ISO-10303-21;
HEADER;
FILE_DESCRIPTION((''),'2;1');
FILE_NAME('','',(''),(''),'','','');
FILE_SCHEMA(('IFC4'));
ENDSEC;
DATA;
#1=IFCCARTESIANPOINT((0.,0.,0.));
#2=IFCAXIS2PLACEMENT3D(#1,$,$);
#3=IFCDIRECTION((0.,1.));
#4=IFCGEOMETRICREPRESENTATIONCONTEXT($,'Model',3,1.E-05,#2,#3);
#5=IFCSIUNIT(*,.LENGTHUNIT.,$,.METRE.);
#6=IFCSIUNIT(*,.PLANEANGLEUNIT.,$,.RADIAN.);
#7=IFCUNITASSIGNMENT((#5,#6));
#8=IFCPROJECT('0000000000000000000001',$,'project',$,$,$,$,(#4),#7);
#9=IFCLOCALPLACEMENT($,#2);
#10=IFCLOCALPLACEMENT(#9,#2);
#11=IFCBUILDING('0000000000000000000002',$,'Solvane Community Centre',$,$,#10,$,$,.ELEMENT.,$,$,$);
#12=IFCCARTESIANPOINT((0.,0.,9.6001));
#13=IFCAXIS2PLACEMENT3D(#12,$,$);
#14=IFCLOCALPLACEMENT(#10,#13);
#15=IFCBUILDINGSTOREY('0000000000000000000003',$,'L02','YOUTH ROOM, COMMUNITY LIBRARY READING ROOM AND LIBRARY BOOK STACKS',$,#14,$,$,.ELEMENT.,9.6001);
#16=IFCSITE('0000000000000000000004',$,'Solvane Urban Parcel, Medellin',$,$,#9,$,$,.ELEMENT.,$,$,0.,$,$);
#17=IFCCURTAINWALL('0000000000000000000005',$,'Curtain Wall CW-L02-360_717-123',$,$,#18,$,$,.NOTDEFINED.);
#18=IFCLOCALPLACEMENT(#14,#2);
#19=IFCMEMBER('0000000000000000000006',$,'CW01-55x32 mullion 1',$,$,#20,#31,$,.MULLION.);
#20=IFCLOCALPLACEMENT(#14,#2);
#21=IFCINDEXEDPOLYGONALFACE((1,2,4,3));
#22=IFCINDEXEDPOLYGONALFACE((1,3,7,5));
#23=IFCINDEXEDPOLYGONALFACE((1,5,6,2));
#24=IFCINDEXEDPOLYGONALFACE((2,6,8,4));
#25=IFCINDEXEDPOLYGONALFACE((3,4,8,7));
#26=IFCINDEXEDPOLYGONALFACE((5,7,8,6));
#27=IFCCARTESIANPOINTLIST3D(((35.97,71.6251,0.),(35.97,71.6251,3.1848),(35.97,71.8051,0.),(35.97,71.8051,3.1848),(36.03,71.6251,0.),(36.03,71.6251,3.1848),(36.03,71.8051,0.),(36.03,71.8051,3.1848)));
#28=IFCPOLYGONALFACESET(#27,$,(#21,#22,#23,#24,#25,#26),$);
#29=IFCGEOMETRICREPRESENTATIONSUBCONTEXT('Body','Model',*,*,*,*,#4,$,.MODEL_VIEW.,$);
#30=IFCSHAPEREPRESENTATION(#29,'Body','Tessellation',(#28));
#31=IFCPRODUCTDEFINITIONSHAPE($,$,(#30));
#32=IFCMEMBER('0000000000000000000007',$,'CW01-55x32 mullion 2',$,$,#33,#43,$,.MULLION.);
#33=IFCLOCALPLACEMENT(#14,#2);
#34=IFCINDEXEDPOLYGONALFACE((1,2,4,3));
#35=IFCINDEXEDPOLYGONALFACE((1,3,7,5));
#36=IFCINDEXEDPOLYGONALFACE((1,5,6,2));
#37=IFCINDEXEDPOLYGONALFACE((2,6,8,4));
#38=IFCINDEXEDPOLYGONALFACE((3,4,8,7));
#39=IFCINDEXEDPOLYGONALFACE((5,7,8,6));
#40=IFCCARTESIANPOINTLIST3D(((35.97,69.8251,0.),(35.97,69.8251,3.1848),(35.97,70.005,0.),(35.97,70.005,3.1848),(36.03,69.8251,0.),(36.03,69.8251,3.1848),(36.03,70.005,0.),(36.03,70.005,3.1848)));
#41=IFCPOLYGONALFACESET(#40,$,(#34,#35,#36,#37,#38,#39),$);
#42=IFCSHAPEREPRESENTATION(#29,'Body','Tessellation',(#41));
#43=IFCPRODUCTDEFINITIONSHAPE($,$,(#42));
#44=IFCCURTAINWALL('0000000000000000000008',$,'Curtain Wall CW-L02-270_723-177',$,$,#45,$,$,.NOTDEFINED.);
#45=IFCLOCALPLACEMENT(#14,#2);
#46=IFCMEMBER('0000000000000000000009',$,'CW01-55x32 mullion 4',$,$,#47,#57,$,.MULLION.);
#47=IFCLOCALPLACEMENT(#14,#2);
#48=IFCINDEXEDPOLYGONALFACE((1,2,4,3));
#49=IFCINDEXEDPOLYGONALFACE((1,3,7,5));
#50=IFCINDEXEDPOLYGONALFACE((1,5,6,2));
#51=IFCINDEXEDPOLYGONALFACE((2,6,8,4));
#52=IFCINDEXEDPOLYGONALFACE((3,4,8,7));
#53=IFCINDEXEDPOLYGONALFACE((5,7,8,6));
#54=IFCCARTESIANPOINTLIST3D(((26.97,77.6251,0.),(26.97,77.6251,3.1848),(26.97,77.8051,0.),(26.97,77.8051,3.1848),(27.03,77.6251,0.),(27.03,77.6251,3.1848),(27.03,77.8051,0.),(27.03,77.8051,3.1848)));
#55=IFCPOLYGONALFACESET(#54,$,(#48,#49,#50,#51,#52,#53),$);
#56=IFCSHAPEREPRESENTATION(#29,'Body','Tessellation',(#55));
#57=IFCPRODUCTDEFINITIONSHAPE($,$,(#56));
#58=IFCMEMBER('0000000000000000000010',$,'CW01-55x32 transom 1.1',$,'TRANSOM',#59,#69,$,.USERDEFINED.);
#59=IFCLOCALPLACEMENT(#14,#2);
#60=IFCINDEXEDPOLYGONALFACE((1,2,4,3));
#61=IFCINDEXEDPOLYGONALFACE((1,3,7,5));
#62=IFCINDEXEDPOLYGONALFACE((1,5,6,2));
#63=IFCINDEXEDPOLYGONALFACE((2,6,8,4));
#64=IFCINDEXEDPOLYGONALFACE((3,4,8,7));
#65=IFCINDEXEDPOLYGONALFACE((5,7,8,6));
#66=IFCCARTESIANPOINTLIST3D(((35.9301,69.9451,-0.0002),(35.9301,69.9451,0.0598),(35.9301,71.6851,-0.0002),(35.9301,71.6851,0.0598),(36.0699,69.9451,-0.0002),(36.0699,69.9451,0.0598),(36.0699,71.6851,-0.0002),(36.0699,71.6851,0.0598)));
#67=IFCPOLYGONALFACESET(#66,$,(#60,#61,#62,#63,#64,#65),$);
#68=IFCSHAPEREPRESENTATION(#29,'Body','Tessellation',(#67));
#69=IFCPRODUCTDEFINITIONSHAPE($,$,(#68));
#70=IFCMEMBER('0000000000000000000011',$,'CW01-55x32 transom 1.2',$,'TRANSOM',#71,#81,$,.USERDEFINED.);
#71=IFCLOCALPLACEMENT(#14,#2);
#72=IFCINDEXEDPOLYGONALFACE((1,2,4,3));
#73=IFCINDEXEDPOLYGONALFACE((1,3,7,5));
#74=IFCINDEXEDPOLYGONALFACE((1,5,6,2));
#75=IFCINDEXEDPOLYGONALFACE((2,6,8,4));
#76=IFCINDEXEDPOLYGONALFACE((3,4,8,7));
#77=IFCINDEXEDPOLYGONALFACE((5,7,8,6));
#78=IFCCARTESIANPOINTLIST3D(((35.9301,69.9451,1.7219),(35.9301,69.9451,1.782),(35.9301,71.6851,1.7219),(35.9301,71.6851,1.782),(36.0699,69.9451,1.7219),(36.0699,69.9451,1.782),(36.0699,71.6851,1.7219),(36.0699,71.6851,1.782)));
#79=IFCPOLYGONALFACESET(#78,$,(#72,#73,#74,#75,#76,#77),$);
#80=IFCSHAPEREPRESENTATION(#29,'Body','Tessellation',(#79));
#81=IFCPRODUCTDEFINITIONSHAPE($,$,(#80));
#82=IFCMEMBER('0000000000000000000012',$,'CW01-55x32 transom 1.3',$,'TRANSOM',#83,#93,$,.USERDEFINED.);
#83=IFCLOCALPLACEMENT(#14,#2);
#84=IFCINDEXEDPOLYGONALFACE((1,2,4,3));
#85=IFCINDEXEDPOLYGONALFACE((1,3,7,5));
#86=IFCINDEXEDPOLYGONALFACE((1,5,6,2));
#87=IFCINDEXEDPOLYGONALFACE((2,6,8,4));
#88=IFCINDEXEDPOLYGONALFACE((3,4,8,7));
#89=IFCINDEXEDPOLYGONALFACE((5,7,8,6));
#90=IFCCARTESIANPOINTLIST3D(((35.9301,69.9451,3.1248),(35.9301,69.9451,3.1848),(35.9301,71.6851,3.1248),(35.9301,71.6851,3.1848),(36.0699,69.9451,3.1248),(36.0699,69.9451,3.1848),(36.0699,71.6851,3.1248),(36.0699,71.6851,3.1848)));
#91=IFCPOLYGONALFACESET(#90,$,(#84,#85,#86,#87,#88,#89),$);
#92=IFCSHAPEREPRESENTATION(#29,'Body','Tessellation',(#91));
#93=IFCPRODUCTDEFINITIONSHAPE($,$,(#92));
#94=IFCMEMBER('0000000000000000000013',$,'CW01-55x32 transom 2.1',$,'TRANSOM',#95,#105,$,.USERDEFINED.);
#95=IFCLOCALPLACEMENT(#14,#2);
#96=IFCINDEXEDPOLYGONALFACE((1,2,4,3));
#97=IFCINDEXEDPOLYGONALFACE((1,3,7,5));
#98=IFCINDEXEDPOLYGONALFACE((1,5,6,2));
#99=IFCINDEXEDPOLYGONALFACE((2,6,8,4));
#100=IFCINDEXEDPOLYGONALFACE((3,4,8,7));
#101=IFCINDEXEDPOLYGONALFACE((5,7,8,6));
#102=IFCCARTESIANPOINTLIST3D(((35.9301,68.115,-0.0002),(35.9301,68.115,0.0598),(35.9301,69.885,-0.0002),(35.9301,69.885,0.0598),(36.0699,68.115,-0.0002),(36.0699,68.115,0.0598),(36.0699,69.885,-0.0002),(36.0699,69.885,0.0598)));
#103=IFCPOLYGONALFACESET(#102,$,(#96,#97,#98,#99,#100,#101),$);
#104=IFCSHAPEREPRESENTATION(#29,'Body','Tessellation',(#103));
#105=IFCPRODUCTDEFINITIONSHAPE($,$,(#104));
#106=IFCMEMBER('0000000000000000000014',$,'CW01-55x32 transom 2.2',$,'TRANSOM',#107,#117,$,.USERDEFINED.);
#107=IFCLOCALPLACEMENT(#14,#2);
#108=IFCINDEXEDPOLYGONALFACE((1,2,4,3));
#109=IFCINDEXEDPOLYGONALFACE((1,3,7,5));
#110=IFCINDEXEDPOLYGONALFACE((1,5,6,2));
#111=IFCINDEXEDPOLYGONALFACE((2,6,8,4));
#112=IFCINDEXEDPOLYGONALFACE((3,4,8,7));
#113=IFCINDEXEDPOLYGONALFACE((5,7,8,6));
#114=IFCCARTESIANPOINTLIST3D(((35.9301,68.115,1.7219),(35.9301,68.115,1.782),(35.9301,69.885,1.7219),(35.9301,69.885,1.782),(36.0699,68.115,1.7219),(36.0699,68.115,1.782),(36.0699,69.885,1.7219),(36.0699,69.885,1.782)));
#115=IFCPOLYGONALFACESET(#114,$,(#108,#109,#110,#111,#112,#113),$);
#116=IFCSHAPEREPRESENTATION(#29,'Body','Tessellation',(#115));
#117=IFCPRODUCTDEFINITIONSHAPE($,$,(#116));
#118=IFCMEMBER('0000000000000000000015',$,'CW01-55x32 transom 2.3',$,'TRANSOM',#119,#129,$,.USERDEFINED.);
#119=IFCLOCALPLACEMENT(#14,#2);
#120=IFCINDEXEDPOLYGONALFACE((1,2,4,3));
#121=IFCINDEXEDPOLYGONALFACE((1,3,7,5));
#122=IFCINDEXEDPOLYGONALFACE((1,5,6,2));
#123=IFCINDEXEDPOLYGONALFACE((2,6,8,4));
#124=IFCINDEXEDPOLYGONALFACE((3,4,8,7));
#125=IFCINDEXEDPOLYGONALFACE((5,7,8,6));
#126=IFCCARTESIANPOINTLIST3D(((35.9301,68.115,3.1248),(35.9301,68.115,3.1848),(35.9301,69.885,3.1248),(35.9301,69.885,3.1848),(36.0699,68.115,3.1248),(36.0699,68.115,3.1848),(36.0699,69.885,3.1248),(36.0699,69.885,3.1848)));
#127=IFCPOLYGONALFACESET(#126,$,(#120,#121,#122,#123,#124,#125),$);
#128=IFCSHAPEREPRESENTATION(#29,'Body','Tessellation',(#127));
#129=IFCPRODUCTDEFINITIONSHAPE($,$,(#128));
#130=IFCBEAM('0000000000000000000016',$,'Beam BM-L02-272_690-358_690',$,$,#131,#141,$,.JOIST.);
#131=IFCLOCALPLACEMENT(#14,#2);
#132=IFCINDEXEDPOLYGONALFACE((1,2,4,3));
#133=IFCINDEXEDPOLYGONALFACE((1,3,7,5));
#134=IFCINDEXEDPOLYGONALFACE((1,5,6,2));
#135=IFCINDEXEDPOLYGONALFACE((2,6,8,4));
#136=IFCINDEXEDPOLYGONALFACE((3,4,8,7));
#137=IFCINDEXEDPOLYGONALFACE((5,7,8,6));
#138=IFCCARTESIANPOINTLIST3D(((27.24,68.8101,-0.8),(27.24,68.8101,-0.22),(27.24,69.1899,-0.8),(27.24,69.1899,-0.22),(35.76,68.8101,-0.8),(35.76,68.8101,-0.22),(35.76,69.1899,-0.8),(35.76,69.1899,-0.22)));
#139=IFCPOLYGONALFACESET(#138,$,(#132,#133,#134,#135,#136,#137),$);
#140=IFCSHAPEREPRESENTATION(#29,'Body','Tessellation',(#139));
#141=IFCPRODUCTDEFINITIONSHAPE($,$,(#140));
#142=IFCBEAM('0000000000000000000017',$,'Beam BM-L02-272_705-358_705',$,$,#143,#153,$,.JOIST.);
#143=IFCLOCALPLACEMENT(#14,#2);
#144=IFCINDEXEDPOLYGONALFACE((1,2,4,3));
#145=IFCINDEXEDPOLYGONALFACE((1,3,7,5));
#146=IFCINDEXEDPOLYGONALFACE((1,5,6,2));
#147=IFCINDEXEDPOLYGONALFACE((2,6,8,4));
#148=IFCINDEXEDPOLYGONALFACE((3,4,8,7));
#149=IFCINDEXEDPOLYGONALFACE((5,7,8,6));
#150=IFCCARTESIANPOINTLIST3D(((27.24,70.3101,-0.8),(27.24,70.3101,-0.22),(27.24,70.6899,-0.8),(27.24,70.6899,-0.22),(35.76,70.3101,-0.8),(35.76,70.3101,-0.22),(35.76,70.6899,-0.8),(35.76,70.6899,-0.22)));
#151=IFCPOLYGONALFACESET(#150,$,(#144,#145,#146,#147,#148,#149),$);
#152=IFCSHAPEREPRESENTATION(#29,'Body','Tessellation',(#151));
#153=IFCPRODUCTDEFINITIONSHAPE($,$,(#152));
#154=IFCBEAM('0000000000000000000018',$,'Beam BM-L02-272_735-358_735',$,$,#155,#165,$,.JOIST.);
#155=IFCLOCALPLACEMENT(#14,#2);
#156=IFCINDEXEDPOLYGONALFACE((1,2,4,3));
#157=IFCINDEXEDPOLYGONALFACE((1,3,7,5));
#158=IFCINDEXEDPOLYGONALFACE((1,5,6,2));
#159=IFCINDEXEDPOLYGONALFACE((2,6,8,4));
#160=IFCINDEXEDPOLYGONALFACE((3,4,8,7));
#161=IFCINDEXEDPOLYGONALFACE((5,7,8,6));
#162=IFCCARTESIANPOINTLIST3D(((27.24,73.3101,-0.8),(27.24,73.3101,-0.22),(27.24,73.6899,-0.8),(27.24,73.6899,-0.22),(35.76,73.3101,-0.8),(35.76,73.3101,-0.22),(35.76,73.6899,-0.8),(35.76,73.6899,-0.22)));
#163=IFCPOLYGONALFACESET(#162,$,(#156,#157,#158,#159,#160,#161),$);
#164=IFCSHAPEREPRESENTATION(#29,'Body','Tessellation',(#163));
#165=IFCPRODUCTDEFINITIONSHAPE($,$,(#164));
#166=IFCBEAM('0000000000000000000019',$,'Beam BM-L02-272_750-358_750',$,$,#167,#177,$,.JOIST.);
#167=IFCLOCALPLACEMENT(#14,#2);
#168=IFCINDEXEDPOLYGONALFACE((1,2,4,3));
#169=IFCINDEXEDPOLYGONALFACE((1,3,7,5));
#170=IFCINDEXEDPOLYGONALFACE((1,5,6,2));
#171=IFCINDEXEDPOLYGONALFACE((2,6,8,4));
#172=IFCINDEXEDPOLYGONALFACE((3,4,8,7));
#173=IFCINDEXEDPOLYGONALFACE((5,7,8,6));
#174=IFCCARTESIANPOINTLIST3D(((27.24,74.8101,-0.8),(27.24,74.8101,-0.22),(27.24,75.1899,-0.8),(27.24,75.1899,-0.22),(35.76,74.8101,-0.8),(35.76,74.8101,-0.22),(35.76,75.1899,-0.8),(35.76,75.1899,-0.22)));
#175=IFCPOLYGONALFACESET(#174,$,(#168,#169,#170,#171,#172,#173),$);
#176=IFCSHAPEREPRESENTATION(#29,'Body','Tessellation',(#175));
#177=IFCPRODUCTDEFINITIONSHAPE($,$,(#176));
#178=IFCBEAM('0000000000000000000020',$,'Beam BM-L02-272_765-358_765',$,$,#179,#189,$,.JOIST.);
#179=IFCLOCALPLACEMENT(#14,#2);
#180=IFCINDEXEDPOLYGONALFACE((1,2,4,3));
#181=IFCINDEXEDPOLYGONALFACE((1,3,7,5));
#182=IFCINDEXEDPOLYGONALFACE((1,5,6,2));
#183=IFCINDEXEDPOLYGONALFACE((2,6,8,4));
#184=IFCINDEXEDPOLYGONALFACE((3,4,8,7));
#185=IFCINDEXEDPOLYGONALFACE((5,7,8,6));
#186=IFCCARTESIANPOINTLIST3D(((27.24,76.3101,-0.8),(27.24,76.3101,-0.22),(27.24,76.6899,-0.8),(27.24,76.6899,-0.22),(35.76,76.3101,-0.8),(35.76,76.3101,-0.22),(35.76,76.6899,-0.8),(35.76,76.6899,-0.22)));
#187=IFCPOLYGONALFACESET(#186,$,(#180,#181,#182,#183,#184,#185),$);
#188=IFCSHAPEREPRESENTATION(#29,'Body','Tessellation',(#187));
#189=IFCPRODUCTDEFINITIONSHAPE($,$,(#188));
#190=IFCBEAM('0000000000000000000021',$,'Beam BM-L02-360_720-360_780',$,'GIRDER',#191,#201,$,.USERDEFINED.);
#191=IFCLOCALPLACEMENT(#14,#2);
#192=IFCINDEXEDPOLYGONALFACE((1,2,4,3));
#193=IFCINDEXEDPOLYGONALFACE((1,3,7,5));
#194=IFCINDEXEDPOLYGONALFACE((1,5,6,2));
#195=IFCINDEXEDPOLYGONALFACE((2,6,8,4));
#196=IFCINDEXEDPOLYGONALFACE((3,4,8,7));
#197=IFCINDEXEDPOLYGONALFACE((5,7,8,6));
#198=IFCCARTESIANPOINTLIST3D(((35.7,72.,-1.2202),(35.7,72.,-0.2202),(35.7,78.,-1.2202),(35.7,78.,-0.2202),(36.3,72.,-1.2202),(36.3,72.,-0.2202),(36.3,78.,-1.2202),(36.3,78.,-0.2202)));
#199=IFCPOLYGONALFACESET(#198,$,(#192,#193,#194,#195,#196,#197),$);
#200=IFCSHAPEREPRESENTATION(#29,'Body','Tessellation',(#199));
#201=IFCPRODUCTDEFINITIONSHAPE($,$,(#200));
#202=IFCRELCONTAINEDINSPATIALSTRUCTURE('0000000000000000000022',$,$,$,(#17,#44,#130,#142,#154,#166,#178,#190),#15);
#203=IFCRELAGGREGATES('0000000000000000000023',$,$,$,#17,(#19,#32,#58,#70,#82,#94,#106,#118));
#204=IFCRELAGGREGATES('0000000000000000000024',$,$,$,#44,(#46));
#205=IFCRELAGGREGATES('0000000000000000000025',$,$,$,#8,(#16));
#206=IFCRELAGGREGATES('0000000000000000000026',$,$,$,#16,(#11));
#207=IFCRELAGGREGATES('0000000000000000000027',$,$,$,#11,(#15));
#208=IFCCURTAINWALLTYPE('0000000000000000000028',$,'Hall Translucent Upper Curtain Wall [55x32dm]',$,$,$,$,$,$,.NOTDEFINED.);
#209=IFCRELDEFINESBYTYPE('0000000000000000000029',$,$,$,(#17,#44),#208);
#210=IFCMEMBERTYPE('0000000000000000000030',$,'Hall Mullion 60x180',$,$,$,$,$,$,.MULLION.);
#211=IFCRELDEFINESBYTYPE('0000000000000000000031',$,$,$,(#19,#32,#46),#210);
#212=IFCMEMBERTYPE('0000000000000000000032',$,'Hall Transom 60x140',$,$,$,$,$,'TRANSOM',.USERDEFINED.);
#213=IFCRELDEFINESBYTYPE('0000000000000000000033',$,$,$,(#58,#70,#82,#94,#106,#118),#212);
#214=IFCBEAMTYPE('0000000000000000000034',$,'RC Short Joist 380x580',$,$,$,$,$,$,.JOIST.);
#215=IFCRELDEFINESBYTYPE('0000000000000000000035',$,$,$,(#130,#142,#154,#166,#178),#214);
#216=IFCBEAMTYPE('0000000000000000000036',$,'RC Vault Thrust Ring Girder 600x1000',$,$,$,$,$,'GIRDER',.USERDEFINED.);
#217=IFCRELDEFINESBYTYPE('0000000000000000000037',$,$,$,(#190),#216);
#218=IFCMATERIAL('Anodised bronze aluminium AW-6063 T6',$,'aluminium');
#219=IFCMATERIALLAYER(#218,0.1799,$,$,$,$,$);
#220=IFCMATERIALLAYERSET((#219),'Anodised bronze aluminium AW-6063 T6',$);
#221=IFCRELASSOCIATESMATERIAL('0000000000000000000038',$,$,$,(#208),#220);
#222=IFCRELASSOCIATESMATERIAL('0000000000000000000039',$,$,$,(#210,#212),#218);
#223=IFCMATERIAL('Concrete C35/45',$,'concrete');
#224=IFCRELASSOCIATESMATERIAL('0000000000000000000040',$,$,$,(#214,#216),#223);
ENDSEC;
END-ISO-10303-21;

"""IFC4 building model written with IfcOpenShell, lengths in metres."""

from ifc_helpers import new_model, si_unit, direction, frame, origin, origin_2d, place, context, subcontext, project, spatial, rectangle, extrude, material, layer, layer_set, material_profile, profile_set, type_object, element, aggregate, save


model = new_model("IFC4")

# Units and contexts
model_context = context("Model", 3, precision=1e-05, world=origin(), true_north=direction((0.0, 1.0)))
body_context = subcontext(model_context, "Body", "Model", "MODEL_VIEW")
ifc_project = project(units=[si_unit("LENGTHUNIT", "METRE"), si_unit("PLANEANGLEUNIT", "RADIAN")], contexts=[model_context])

# Site, building, storey
site_placement = place(None, origin())
site = spatial("IfcSite", under=ifc_project, at=site_placement, Name="Solvane Urban Parcel, Medellin", CompositionType="ELEMENT", RefElevation=0.0)
building_placement = place(site_placement, origin())
building = spatial("IfcBuilding", under=site, at=building_placement, Name="Solvane Community Centre", CompositionType="ELEMENT")
storey_placement = place(building_placement, frame((0.0, 0.0, 9.6001)))
storey = spatial("IfcBuildingStorey", under=building, at=storey_placement, Name="L02", Description="YOUTH ROOM, COMMUNITY LIBRARY READING ROOM AND LIBRARY BOOK STACKS", CompositionType="ELEMENT", Elevation=9.6001)

# Curtain wall, members
ifc_material_1 = material(Name="Anodised bronze aluminium AW-6063 T6", Category="aluminium")
ifc_layer_1 = layer(ifc_material_1, 0.1799)
ifc_layer_set_1 = layer_set([ifc_layer_1], Name="Anodised bronze aluminium AW-6063 T6")
curtain_wall_type = type_object("IfcCurtainWallType", Name="Hall Translucent Upper Curtain Wall [55x32dm]", PredefinedType="NOTDEFINED", material=ifc_layer_set_1)
curtain_wall_1_placement = place(storey_placement, origin())
curtain_wall_1 = element("IfcCurtainWall", 1, at=curtain_wall_1_placement, inside=storey, type_object=curtain_wall_type, Name="Curtain Wall CW-L02-360_717-123", PredefinedType="NOTDEFINED")
ifc_material_profile_1 = material_profile(ifc_material_1, rectangle(XDim=0.0601, YDim=0.1799, at=origin_2d()), Name="CW-M 60x180")
ifc_profile_set_1 = profile_set([ifc_material_profile_1], Name="Anodised bronze aluminium AW-6063 T6")
member_type_1 = type_object("IfcMemberType", Name="Hall Mullion 60x180", PredefinedType="MULLION", material=ifc_profile_set_1)
member_1_placement = place(storey_placement, frame((36.0, 71.7151, 0.0), z_axis=(0.0, 0.0, 1.0), x_axis=(1.0, 0.0, 0.0)))
member_1 = element("IfcMember", 2, at=member_1_placement, type_object=member_type_1, Name="CW01-55x32 mullion 1", PredefinedType="MULLION", context=body_context, shape_type="SweptSolid", body=[
    extrude(rectangle(XDim=0.0601, YDim=0.1799, at=origin_2d()), origin(), (0.0, 0.0, 1.0), 3.1848),
])
member_2_placement = place(storey_placement, frame((36.0, 69.915, 0.0), z_axis=(0.0, 0.0, 1.0), x_axis=(1.0, 0.0, 0.0)))
member_2 = element("IfcMember", 3, at=member_2_placement, type_object=member_type_1, Name="CW01-55x32 mullion 2", PredefinedType="MULLION", context=body_context, shape_type="SweptSolid", body=[
    extrude(rectangle(XDim=0.0601, YDim=0.1799, at=origin_2d()), origin(), (0.0, 0.0, 1.0), 3.1848),
])

# Curtain wall, member
curtain_wall_2_placement = place(storey_placement, origin())
curtain_wall_2 = element("IfcCurtainWall", 4, at=curtain_wall_2_placement, inside=storey, type_object=curtain_wall_type, Name="Curtain Wall CW-L02-270_723-177", PredefinedType="NOTDEFINED")
member_3_placement = place(storey_placement, frame((27.0, 77.7151, 0.0), z_axis=(0.0, 0.0, 1.0), x_axis=(-1.0, 0.0, 0.0)))
member_3 = element("IfcMember", 5, at=member_3_placement, type_object=member_type_1, Name="CW01-55x32 mullion 4", PredefinedType="MULLION", context=body_context, shape_type="SweptSolid", body=[
    extrude(rectangle(XDim=0.0601, YDim=0.1799, at=origin_2d()), origin(), (0.0, 0.0, 1.0), 3.1848),
])

# Members
ifc_material_profile_2 = material_profile(ifc_material_1, rectangle(XDim=0.1399, YDim=0.0601, at=origin_2d()), Name="CW-T 60x140")
ifc_profile_set_2 = profile_set([ifc_material_profile_2], Name="Anodised bronze aluminium AW-6063 T6")
member_type_2 = type_object("IfcMemberType", Name="Hall Transom 60x140", ElementType="TRANSOM", PredefinedType="USERDEFINED", material=ifc_profile_set_2)
member_4_placement = place(storey_placement, frame((36.0, 71.6851, 0.0298), z_axis=(0.0, -1.0, 0.0), x_axis=(1.0, 0.0, 0.0)))
member_4 = element("IfcMember", 6, at=member_4_placement, type_object=member_type_2, Name="CW01-55x32 transom 1.1", ObjectType="TRANSOM", PredefinedType="USERDEFINED", context=body_context, shape_type="SweptSolid", body=[
    extrude(rectangle(XDim=0.1399, YDim=0.0601, at=origin_2d()), origin(), (0.0, 0.0, 1.0), 1.74),
])
member_5_placement = place(storey_placement, frame((36.0, 71.6851, 1.752), z_axis=(0.0, -1.0, 0.0), x_axis=(1.0, 0.0, 0.0)))
member_5 = element("IfcMember", 7, at=member_5_placement, type_object=member_type_2, Name="CW01-55x32 transom 1.2", ObjectType="TRANSOM", PredefinedType="USERDEFINED", context=body_context, shape_type="SweptSolid", body=[
    extrude(rectangle(XDim=0.1399, YDim=0.0601, at=origin_2d()), origin(), (0.0, 0.0, 1.0), 1.74),
])
member_6_placement = place(storey_placement, frame((36.0, 71.6851, 3.1548), z_axis=(0.0, -1.0, 0.0), x_axis=(1.0, 0.0, 0.0)))
member_6 = element("IfcMember", 8, at=member_6_placement, type_object=member_type_2, Name="CW01-55x32 transom 1.3", ObjectType="TRANSOM", PredefinedType="USERDEFINED", context=body_context, shape_type="SweptSolid", body=[
    extrude(rectangle(XDim=0.1399, YDim=0.0601, at=origin_2d()), origin(), (0.0, 0.0, 1.0), 1.74),
])
member_7_placement = place(storey_placement, frame((36.0, 69.885, 0.0298), z_axis=(0.0, -1.0, 0.0), x_axis=(1.0, 0.0, 0.0)))
member_7 = element("IfcMember", 9, at=member_7_placement, type_object=member_type_2, Name="CW01-55x32 transom 2.1", ObjectType="TRANSOM", PredefinedType="USERDEFINED", context=body_context, shape_type="SweptSolid", body=[
    extrude(rectangle(XDim=0.1399, YDim=0.0601, at=origin_2d()), origin(), (0.0, 0.0, 1.0), 1.77),
])
member_8_placement = place(storey_placement, frame((36.0, 69.885, 1.752), z_axis=(0.0, -1.0, 0.0), x_axis=(1.0, 0.0, 0.0)))
member_8 = element("IfcMember", 10, at=member_8_placement, type_object=member_type_2, Name="CW01-55x32 transom 2.2", ObjectType="TRANSOM", PredefinedType="USERDEFINED", context=body_context, shape_type="SweptSolid", body=[
    extrude(rectangle(XDim=0.1399, YDim=0.0601, at=origin_2d()), origin(), (0.0, 0.0, 1.0), 1.77),
])
member_9_placement = place(storey_placement, frame((36.0, 69.885, 3.1548), z_axis=(0.0, -1.0, 0.0), x_axis=(1.0, 0.0, 0.0)))
member_9 = element("IfcMember", 11, at=member_9_placement, type_object=member_type_2, Name="CW01-55x32 transom 2.3", ObjectType="TRANSOM", PredefinedType="USERDEFINED", context=body_context, shape_type="SweptSolid", body=[
    extrude(rectangle(XDim=0.1399, YDim=0.0601, at=origin_2d()), origin(), (0.0, 0.0, 1.0), 1.77),
])

# Beams
ifc_material_2 = material(Name="Concrete C35/45", Category="concrete")
ifc_material_profile_3 = material_profile(ifc_material_2, rectangle(XDim=0.3799, YDim=0.5801, at=origin_2d()), Name="RC 380x580")
ifc_profile_set_3 = profile_set([ifc_material_profile_3], Name="Concrete C35/45")
beam_type_1 = type_object("IfcBeamType", Name="RC Short Joist 380x580", PredefinedType="JOIST", material=ifc_profile_set_3)
for number, where, z_axis, x_axis, name in (
    (12, (27.24, 69.0, -0.51), (1.0, 0.0, 0.0), (0.0, 1.0, 0.0), "Beam BM-L02-272_690-358_690"),
    (13, (27.24, 70.5, -0.51), (1.0, 0.0, 0.0), (0.0, 1.0, 0.0), "Beam BM-L02-272_705-358_705"),
    (14, (27.24, 73.5, -0.51), (1.0, 0.0, 0.0), (0.0, 1.0, 0.0), "Beam BM-L02-272_735-358_735"),
    (15, (27.24, 75.0, -0.51), (1.0, 0.0, 0.0), (0.0, 1.0, 0.0), "Beam BM-L02-272_750-358_750"),
    (16, (27.24, 76.5, -0.51), (1.0, 0.0, 0.0), (0.0, 1.0, 0.0), "Beam BM-L02-272_765-358_765"),
):
    element("IfcBeam", number, at=place(storey_placement, frame(where, z_axis=z_axis, x_axis=x_axis)), inside=storey, type_object=beam_type_1, Name=name, PredefinedType="JOIST", context=body_context, shape_type="SweptSolid", body=[
        extrude(rectangle(XDim=0.3799, YDim=0.5801, at=origin_2d()), origin(), (0.0, 0.0, 1.0), 8.52),
    ])
ifc_material_profile_4 = material_profile(ifc_material_2, rectangle(XDim=0.6001, YDim=1.0, at=origin_2d()), Name="RC 600x1000")
ifc_profile_set_4 = profile_set([ifc_material_profile_4], Name="Concrete C35/45")
beam_type_2 = type_object("IfcBeamType", Name="RC Vault Thrust Ring Girder 600x1000", ElementType="GIRDER", PredefinedType="USERDEFINED", material=ifc_profile_set_4)
beam_placement = place(storey_placement, frame((36.0, 72.0, -0.7202), z_axis=(0.0, 1.0, 0.0), x_axis=(-1.0, 0.0, 0.0)))
element("IfcBeam", 17, at=beam_placement, inside=storey, type_object=beam_type_2, Name="Beam BM-L02-360_720-360_780", ObjectType="GIRDER", PredefinedType="USERDEFINED", context=body_context, shape_type="SweptSolid", body=[
    extrude(rectangle(XDim=0.6001, YDim=1.0, at=origin_2d()), origin(), (0.0, 0.0, 1.0), 6.0),
])

aggregate(curtain_wall_1, [member_1, member_2, member_4, member_5, member_6, member_7, member_8, member_9])
aggregate(curtain_wall_2, [member_3])

save(model, "model.ifc")
